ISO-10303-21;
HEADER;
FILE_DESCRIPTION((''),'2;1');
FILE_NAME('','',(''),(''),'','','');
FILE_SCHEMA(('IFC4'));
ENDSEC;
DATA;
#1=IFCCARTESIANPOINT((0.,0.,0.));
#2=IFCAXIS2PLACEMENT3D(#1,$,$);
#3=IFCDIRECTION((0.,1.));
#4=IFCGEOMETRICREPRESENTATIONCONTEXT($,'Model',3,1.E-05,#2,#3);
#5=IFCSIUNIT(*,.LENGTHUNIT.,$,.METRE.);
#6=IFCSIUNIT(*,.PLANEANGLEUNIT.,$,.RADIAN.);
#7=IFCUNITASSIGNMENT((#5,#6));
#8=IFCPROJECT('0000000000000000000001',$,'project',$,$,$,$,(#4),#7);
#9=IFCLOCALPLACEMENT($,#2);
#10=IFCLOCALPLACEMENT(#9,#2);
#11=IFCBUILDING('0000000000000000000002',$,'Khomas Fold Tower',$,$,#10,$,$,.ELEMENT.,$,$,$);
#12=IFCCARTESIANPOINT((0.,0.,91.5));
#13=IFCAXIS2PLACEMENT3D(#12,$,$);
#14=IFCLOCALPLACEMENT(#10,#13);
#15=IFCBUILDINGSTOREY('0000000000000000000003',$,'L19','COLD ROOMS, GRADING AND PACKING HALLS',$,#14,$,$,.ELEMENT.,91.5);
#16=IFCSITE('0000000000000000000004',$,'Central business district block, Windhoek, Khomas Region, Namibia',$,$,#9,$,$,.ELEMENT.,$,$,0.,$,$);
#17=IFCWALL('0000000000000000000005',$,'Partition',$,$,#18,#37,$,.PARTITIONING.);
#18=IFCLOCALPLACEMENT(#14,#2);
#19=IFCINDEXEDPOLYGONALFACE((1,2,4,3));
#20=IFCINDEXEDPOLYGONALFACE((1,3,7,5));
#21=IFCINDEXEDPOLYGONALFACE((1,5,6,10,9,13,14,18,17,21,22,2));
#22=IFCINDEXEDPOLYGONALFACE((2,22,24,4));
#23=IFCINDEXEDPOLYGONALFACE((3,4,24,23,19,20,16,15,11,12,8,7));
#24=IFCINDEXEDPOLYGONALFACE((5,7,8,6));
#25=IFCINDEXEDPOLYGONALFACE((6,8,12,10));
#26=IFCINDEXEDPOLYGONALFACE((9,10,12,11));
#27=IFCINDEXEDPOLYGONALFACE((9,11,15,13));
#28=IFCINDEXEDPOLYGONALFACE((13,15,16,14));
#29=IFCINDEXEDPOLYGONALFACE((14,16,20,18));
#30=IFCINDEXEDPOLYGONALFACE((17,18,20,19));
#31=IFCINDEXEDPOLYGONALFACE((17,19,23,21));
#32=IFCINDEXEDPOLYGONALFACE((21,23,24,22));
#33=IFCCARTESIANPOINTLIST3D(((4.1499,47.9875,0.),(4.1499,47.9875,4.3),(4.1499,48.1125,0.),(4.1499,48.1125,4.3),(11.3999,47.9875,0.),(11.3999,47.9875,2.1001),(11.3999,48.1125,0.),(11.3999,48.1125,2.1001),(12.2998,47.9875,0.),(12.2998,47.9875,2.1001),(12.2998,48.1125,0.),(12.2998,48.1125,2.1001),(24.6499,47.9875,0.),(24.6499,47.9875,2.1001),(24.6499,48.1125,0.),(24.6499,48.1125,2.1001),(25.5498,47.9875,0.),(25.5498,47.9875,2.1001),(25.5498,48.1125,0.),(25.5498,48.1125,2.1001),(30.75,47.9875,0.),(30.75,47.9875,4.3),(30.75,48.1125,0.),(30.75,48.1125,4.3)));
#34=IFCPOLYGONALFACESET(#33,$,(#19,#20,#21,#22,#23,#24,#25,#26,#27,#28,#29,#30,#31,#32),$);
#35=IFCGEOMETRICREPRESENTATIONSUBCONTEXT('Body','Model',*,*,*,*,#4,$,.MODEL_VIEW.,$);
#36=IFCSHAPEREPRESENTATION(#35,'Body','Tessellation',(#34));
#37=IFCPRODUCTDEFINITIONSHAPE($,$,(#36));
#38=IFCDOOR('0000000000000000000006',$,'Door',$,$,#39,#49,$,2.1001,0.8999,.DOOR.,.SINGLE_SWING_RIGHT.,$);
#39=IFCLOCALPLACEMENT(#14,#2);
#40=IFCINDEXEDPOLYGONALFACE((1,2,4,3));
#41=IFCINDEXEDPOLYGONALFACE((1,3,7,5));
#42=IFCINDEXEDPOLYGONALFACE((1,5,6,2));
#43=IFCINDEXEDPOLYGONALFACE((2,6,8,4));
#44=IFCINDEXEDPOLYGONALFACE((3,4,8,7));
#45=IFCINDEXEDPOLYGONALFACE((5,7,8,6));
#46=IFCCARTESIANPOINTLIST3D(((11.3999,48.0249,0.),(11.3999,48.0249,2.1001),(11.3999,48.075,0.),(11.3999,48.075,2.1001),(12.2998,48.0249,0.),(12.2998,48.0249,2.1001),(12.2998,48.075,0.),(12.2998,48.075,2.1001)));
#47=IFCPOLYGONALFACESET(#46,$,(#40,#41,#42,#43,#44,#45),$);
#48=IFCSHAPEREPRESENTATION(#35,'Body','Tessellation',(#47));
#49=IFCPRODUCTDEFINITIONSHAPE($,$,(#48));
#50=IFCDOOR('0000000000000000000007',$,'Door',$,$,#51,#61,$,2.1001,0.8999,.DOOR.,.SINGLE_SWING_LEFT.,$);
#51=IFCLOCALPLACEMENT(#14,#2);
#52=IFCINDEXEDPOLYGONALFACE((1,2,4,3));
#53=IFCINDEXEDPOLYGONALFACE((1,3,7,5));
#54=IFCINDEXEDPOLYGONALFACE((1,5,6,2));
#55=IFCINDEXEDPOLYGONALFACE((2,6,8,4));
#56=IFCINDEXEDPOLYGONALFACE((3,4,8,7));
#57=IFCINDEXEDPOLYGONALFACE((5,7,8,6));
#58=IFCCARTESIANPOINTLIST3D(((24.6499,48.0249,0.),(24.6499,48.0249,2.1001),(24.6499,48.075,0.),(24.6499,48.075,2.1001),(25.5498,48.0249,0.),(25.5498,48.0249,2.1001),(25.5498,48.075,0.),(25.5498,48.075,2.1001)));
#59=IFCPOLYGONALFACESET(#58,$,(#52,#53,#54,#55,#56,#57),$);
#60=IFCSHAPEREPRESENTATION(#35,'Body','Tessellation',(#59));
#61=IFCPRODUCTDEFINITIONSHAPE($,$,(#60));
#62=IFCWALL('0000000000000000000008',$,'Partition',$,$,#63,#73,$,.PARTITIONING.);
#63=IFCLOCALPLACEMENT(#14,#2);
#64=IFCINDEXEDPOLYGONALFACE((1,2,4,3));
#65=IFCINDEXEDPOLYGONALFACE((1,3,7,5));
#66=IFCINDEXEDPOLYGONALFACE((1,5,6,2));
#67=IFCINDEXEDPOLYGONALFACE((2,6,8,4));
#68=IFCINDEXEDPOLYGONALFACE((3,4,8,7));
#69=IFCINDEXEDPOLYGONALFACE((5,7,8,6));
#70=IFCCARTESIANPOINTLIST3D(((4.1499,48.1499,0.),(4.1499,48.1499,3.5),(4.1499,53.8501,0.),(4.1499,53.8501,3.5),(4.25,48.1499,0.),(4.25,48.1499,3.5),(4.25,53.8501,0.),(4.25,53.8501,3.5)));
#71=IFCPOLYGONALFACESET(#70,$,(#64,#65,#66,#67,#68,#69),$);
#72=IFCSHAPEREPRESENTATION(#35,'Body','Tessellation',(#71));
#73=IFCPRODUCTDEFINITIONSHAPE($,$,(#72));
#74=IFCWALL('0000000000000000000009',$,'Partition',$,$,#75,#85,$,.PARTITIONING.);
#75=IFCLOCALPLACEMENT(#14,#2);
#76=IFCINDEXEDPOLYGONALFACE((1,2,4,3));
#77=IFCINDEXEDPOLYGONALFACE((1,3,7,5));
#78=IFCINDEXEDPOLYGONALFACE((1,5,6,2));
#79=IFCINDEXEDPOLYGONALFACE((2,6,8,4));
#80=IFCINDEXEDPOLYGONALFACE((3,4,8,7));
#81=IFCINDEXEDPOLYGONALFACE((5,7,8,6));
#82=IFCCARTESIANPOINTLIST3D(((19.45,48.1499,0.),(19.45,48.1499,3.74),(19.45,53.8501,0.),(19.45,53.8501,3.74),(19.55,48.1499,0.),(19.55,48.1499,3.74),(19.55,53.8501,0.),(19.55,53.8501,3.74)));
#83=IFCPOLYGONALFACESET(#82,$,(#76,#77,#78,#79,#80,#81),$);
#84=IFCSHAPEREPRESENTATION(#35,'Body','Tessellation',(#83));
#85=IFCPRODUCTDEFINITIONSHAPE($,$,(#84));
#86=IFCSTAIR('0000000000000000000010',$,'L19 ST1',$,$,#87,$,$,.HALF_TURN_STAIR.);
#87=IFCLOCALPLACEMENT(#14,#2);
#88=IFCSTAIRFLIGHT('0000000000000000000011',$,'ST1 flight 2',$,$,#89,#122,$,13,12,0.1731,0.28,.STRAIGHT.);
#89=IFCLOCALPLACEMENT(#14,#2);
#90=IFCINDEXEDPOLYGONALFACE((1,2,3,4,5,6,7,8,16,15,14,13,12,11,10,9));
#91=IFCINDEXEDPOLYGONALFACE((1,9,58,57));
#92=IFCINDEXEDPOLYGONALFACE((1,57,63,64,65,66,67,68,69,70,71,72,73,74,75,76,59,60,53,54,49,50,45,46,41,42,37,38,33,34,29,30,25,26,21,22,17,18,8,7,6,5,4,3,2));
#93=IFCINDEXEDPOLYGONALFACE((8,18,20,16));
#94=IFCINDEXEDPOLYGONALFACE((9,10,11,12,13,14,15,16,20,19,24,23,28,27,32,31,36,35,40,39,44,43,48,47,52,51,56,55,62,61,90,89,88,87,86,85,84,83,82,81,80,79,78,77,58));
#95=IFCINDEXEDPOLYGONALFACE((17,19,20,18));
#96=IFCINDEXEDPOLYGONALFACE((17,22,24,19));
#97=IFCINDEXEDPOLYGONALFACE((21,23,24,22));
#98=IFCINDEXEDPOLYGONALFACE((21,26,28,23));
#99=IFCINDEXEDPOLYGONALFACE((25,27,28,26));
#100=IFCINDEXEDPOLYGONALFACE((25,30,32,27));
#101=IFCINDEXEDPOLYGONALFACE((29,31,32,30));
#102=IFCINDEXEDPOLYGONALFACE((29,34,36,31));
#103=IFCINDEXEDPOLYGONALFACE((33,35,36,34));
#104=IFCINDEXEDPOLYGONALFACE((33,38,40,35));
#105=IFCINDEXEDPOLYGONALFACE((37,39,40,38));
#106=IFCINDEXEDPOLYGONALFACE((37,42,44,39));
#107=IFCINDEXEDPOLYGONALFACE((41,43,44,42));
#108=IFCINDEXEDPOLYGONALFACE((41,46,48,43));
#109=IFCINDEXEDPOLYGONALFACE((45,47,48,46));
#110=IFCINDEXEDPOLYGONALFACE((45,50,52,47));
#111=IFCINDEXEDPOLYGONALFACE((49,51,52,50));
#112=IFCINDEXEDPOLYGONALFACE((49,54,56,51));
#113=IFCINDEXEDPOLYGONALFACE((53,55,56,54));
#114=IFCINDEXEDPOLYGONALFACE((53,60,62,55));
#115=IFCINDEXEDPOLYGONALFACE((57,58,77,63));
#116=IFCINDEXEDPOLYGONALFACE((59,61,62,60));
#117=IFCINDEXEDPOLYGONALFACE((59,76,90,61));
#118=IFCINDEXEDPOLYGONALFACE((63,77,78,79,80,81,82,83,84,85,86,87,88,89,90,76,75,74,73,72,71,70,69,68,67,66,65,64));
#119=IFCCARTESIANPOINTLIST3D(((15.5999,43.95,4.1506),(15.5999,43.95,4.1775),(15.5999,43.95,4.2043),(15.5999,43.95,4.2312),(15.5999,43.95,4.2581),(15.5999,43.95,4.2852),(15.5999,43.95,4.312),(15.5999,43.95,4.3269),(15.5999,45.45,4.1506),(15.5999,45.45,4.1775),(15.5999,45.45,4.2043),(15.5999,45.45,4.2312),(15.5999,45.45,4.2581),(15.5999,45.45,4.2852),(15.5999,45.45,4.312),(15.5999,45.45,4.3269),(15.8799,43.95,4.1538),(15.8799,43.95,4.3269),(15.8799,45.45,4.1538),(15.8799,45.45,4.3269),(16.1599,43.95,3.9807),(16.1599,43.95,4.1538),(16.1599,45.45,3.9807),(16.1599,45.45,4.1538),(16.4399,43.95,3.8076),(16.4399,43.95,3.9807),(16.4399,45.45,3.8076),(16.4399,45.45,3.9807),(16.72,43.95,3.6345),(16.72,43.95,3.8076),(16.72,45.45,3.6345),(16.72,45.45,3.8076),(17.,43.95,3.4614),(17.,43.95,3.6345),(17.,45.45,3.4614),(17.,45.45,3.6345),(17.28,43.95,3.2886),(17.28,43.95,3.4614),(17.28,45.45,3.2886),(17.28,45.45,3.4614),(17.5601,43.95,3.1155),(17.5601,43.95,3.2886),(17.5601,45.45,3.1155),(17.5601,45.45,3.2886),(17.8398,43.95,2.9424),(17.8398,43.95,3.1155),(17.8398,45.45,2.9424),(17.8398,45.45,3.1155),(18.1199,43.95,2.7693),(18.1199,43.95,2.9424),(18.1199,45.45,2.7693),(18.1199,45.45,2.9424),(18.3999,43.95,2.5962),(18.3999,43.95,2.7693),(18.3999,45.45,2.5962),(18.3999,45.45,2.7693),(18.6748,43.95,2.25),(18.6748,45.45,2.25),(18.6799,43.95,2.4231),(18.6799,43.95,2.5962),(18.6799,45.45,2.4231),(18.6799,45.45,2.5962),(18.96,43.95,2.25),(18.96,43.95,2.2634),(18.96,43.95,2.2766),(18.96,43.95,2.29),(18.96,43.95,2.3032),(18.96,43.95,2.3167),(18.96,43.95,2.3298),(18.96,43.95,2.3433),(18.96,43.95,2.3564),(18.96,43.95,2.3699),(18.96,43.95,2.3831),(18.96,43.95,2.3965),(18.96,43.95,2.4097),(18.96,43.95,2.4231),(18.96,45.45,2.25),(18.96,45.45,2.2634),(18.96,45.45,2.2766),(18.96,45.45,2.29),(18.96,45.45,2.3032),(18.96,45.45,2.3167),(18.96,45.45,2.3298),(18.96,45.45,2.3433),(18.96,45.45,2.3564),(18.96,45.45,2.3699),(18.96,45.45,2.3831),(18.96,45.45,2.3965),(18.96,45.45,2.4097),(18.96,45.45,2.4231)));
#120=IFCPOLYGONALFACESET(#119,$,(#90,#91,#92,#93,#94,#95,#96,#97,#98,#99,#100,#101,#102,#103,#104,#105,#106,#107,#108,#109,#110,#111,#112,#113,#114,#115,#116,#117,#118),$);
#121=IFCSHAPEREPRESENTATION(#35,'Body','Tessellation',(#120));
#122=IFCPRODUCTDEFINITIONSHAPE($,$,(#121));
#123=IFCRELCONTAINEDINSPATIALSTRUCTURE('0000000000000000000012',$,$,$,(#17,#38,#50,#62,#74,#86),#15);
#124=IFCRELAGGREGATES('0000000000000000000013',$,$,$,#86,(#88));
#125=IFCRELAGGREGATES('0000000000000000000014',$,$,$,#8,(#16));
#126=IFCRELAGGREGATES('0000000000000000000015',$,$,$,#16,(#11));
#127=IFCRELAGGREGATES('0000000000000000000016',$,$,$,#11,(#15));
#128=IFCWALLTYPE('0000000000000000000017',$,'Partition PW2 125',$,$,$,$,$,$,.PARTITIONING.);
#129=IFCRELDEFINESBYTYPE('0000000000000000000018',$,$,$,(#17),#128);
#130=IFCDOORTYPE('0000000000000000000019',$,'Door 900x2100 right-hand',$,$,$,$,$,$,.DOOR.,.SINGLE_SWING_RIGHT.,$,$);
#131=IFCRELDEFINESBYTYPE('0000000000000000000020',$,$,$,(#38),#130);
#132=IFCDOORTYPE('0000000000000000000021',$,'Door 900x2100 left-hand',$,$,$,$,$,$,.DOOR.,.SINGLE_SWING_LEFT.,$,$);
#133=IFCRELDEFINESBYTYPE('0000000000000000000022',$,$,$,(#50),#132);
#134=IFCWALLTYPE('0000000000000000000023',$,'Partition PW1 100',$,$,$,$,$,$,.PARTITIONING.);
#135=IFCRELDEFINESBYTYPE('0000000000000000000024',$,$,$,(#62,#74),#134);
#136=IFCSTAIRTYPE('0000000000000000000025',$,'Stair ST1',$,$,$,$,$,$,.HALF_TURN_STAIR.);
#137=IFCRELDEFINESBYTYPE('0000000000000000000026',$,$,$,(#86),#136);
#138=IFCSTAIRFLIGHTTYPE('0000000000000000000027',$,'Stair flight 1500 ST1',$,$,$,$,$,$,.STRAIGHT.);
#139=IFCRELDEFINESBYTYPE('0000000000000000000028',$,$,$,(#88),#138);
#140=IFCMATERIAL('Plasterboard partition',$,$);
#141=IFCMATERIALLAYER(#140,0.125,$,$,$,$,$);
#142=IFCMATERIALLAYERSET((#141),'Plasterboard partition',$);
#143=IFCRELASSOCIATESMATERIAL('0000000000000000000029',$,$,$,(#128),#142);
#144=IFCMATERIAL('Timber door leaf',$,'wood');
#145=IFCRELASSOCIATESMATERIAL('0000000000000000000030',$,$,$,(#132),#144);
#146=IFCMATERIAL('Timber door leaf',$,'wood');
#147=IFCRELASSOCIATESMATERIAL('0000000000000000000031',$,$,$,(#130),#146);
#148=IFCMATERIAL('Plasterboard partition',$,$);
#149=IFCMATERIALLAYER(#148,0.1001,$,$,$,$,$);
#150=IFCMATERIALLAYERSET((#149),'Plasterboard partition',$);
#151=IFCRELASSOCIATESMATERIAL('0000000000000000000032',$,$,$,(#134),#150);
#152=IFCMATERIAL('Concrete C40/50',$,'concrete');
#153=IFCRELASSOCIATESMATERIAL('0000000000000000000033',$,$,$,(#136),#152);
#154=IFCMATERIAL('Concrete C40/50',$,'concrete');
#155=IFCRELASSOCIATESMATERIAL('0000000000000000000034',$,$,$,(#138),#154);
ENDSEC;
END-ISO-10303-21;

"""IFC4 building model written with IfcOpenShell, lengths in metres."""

from ifc_helpers import new_model, si_unit, direction, frame, frame_2d, origin, place, context, subcontext, project, spatial, polyline, rectangle, outline, extrude, source, transform, mapped, material, layer, layer_set, type_object, element, fill, aggregate, save


model = new_model("IFC4")

# Units and contexts
model_context = context("Model", 3, precision=1e-05, world=origin(), true_north=direction((0.0, 1.0)))
body_context = subcontext(model_context, "Body", "Model", "MODEL_VIEW")
ifc_project = project(units=[si_unit("LENGTHUNIT", "METRE"), si_unit("PLANEANGLEUNIT", "RADIAN")], contexts=[model_context])

# Site, building, storey
site_placement = place(None, origin())
site = spatial("IfcSite", under=ifc_project, at=site_placement, Name="Central business district block, Windhoek, Khomas Region, Namibia", CompositionType="ELEMENT", RefElevation=0.0)
building_placement = place(site_placement, origin())
building = spatial("IfcBuilding", under=site, at=building_placement, Name="Khomas Fold Tower", CompositionType="ELEMENT")
storey_placement = place(building_placement, frame((0.0, 0.0, 91.5)))
storey = spatial("IfcBuildingStorey", under=building, at=storey_placement, Name="L19", Description="COLD ROOMS, GRADING AND PACKING HALLS", CompositionType="ELEMENT", Elevation=91.5)

# Wall, openings, doors
ifc_material_1 = material(Name="Plasterboard partition")
ifc_layer_1 = layer(ifc_material_1, 0.125)
ifc_layer_set_1 = layer_set([ifc_layer_1], Name="Plasterboard partition")
wall_type_1 = type_object("IfcWallType", Name="Partition PW2 125", PredefinedType="PARTITIONING", material=ifc_layer_set_1)
shared_shape_1 = source(origin(), body_context, "Body", "SweptSolid", [
    extrude(rectangle(XDim=0.8999, YDim=2.1001, at=frame_2d((0.45, 1.05))), frame((0.0, 0.0725, 0.0), z_axis=(0.0, -1.0, 0.0), x_axis=(1.0, 0.0, 0.0)), (0.0, 0.0, 1.0), 0.145),
])
ifc_material_2 = material(Name="Timber door leaf", Category="wood")
door_type_1 = type_object("IfcDoorType", Name="Door 900x2100 left-hand", OperationType="SINGLE_SWING_LEFT", PredefinedType="DOOR", material=ifc_material_2)
shared_shape_2 = source(origin(), body_context, "Body", "SweptSolid", [
    extrude(rectangle(XDim=0.8999, YDim=2.1001, at=frame_2d((0.45, 1.05))), frame((0.0, 0.0249, 0.0), z_axis=(0.0, -1.0, 0.0), x_axis=(1.0, 0.0, 0.0)), (0.0, 0.0, 1.0), 0.05),
])
ifc_material_3 = material(Name="Timber door leaf", Category="wood")
door_type_2 = type_object("IfcDoorType", Name="Door 900x2100 right-hand", OperationType="SINGLE_SWING_RIGHT", PredefinedType="DOOR", material=ifc_material_3)
shared_shape_3 = source(origin(), body_context, "Body", "SweptSolid", [
    extrude(rectangle(XDim=26.6001, YDim=0.125, at=frame_2d((13.3, 0.0))), origin(), (0.0, 0.0, 1.0), 4.3),
])
wall_1_placement = place(storey_placement, frame((4.1499, 48.05, 0.0), z_axis=(0.0, 0.0, 1.0), x_axis=(1.0, 0.0, 0.0)))
wall_1 = element("IfcWall", 1, at=wall_1_placement, inside=storey, type_object=wall_type_1, Name="Partition", PredefinedType="PARTITIONING", context=body_context, shape_type="MappedRepresentation", body=[
    mapped(shared_shape_3, transform((0.0, 0.0, 0.0))),
])
opening_1_placement = place(wall_1_placement, frame((7.25, 0.0, 0.0)))
opening_1 = element("IfcOpeningElement", 2, at=opening_1_placement, cuts=wall_1, PredefinedType="OPENING", context=body_context, shape_type="MappedRepresentation", body=[
    mapped(shared_shape_1, transform((0.0, 0.0, 0.0))),
])
opening_2_placement = place(wall_1_placement, frame((20.5, 0.0, 0.0)))
opening_2 = element("IfcOpeningElement", 3, at=opening_2_placement, cuts=wall_1, PredefinedType="OPENING", context=body_context, shape_type="MappedRepresentation", body=[
    mapped(shared_shape_1, transform((0.0, 0.0, 0.0))),
])
door_1_placement = place(opening_1_placement, origin())
door_1 = element("IfcDoor", 4, at=door_1_placement, inside=storey, type_object=door_type_2, Name="Door", OperationType="SINGLE_SWING_RIGHT", OverallHeight=2.1001, OverallWidth=0.8999, PredefinedType="DOOR", context=body_context, shape_type="MappedRepresentation", body=[
    mapped(shared_shape_2, transform((0.0, 0.0, 0.0))),
])
fill(opening_1, door_1)
door_2_placement = place(opening_2_placement, origin())
door_2 = element("IfcDoor", 5, at=door_2_placement, inside=storey, type_object=door_type_1, Name="Door", OperationType="SINGLE_SWING_LEFT", OverallHeight=2.1001, OverallWidth=0.8999, PredefinedType="DOOR", context=body_context, shape_type="MappedRepresentation", body=[
    mapped(shared_shape_2, transform((0.0, 0.0, 0.0))),
])
fill(opening_2, door_2)

# Walls
ifc_material_4 = material(Name="Plasterboard partition")
ifc_layer_2 = layer(ifc_material_4, 0.1001)
ifc_layer_set_2 = layer_set([ifc_layer_2], Name="Plasterboard partition")
wall_type_2 = type_object("IfcWallType", Name="Partition PW1 100", PredefinedType="PARTITIONING", material=ifc_layer_set_2)
shared_shape_4 = source(origin(), body_context, "Body", "SweptSolid", [
    extrude(rectangle(XDim=5.7002, YDim=0.1001, at=frame_2d((2.8501, 0.0))), origin(), (0.0, 0.0, 1.0), 3.5),
])
wall_2_placement = place(storey_placement, frame((4.2, 48.1499, 0.0), z_axis=(0.0, 0.0, 1.0), x_axis=(0.0, 1.0, 0.0)))
element("IfcWall", 6, at=wall_2_placement, inside=storey, type_object=wall_type_2, Name="Partition", PredefinedType="PARTITIONING", context=body_context, shape_type="MappedRepresentation", body=[
    mapped(shared_shape_4, transform((0.0, 0.0, 0.0))),
])
shared_shape_5 = source(origin(), body_context, "Body", "SweptSolid", [
    extrude(rectangle(XDim=5.7002, YDim=0.1001, at=frame_2d((2.8501, 0.0))), origin(), (0.0, 0.0, 1.0), 3.74),
])
wall_3_placement = place(storey_placement, frame((19.5, 48.1499, 0.0), z_axis=(0.0, 0.0, 1.0), x_axis=(0.0, 1.0, 0.0)))
element("IfcWall", 7, at=wall_3_placement, inside=storey, type_object=wall_type_2, Name="Partition", PredefinedType="PARTITIONING", context=body_context, shape_type="MappedRepresentation", body=[
    mapped(shared_shape_5, transform((0.0, 0.0, 0.0))),
])

# Stair, stair flight
ifc_material_5 = material(Name="Concrete C40/50", Category="concrete")
stair_type = type_object("IfcStairType", Name="Stair ST1", PredefinedType="HALF_TURN_STAIR", material=ifc_material_5)
stair_placement = place(storey_placement, origin())
stair = element("IfcStair", 8, at=stair_placement, inside=storey, type_object=stair_type, Name="L19 ST1", PredefinedType="HALF_TURN_STAIR")
ifc_material_6 = material(Name="Concrete C40/50", Category="concrete")
stair_flight_type = type_object("IfcStairFlightType", Name="Stair flight 1500 ST1", PredefinedType="STRAIGHT", material=ifc_material_6)
shared_shape_6 = source(origin(), body_context, "Body", "SweptSolid", [
    extrude(outline(polyline([(0.0, 0.0), (0.0, 0.0134), (0.0, 0.0266), (0.0, 0.04), (0.0, 0.0532), (0.0, 0.0667), (0.0, 0.0798), (0.0, 0.0933), (0.0, 0.1064), (0.0, 0.1199), (0.0, 0.1331), (0.0, 0.1465), (0.0, 0.1597), (0.0, 0.1731), (0.28, 0.1731), (0.28, 0.3462), (0.5601, 0.3462), (0.5601, 0.5193), (0.8401, 0.5193), (0.8401, 0.6924), (1.1201, 0.6924), (1.1201, 0.8655), (1.3999, 0.8655), (1.3999, 1.0386), (1.6799, 1.0386), (1.6799, 1.2114), (1.96, 1.2114), (1.96, 1.3845), (2.24, 1.3845), (2.24, 1.5576), (2.52, 1.5576), (2.52, 1.7307), (2.8, 1.7307), (2.8, 1.9038), (3.0801, 1.9038), (3.0801, 2.0769), (3.3601, 2.0769), (3.3601, 2.25), (3.3601, 2.2231), (3.3601, 2.1963), (3.3601, 2.1694), (3.3601, 2.1426), (3.3601, 2.1157), (3.3601, 2.0889), (3.3601, 2.062), (3.3601, 2.0352), (3.3601, 2.0081), (3.3601, 1.9812), (3.3601, 1.9543), (3.3601, 1.9275), (3.3601, 1.9006), (0.2852, 0.0), (0.0, 0.0)])), frame((0.0, 0.75, 0.0), z_axis=(0.0, -1.0, 0.0), x_axis=(1.0, 0.0, 0.0)), (0.0, 0.0, 1.0), 1.5),
])
stair_flight_placement = place(storey_placement, frame((18.96, 44.7, 2.25), z_axis=(0.0, 0.0, 1.0), x_axis=(-1.0, 0.0, 0.0)))
stair_flight = element("IfcStairFlight", 9, at=stair_flight_placement, type_object=stair_flight_type, Name="ST1 flight 2", NumberOfRisers=13, NumberOfTreads=12, PredefinedType="STRAIGHT", RiserHeight=0.1731, TreadLength=0.28, context=body_context, shape_type="MappedRepresentation", body=[
    mapped(shared_shape_6, transform((0.0, 0.0, 0.0))),
])
aggregate(stair, [stair_flight])

save(model, "model.ifc")
